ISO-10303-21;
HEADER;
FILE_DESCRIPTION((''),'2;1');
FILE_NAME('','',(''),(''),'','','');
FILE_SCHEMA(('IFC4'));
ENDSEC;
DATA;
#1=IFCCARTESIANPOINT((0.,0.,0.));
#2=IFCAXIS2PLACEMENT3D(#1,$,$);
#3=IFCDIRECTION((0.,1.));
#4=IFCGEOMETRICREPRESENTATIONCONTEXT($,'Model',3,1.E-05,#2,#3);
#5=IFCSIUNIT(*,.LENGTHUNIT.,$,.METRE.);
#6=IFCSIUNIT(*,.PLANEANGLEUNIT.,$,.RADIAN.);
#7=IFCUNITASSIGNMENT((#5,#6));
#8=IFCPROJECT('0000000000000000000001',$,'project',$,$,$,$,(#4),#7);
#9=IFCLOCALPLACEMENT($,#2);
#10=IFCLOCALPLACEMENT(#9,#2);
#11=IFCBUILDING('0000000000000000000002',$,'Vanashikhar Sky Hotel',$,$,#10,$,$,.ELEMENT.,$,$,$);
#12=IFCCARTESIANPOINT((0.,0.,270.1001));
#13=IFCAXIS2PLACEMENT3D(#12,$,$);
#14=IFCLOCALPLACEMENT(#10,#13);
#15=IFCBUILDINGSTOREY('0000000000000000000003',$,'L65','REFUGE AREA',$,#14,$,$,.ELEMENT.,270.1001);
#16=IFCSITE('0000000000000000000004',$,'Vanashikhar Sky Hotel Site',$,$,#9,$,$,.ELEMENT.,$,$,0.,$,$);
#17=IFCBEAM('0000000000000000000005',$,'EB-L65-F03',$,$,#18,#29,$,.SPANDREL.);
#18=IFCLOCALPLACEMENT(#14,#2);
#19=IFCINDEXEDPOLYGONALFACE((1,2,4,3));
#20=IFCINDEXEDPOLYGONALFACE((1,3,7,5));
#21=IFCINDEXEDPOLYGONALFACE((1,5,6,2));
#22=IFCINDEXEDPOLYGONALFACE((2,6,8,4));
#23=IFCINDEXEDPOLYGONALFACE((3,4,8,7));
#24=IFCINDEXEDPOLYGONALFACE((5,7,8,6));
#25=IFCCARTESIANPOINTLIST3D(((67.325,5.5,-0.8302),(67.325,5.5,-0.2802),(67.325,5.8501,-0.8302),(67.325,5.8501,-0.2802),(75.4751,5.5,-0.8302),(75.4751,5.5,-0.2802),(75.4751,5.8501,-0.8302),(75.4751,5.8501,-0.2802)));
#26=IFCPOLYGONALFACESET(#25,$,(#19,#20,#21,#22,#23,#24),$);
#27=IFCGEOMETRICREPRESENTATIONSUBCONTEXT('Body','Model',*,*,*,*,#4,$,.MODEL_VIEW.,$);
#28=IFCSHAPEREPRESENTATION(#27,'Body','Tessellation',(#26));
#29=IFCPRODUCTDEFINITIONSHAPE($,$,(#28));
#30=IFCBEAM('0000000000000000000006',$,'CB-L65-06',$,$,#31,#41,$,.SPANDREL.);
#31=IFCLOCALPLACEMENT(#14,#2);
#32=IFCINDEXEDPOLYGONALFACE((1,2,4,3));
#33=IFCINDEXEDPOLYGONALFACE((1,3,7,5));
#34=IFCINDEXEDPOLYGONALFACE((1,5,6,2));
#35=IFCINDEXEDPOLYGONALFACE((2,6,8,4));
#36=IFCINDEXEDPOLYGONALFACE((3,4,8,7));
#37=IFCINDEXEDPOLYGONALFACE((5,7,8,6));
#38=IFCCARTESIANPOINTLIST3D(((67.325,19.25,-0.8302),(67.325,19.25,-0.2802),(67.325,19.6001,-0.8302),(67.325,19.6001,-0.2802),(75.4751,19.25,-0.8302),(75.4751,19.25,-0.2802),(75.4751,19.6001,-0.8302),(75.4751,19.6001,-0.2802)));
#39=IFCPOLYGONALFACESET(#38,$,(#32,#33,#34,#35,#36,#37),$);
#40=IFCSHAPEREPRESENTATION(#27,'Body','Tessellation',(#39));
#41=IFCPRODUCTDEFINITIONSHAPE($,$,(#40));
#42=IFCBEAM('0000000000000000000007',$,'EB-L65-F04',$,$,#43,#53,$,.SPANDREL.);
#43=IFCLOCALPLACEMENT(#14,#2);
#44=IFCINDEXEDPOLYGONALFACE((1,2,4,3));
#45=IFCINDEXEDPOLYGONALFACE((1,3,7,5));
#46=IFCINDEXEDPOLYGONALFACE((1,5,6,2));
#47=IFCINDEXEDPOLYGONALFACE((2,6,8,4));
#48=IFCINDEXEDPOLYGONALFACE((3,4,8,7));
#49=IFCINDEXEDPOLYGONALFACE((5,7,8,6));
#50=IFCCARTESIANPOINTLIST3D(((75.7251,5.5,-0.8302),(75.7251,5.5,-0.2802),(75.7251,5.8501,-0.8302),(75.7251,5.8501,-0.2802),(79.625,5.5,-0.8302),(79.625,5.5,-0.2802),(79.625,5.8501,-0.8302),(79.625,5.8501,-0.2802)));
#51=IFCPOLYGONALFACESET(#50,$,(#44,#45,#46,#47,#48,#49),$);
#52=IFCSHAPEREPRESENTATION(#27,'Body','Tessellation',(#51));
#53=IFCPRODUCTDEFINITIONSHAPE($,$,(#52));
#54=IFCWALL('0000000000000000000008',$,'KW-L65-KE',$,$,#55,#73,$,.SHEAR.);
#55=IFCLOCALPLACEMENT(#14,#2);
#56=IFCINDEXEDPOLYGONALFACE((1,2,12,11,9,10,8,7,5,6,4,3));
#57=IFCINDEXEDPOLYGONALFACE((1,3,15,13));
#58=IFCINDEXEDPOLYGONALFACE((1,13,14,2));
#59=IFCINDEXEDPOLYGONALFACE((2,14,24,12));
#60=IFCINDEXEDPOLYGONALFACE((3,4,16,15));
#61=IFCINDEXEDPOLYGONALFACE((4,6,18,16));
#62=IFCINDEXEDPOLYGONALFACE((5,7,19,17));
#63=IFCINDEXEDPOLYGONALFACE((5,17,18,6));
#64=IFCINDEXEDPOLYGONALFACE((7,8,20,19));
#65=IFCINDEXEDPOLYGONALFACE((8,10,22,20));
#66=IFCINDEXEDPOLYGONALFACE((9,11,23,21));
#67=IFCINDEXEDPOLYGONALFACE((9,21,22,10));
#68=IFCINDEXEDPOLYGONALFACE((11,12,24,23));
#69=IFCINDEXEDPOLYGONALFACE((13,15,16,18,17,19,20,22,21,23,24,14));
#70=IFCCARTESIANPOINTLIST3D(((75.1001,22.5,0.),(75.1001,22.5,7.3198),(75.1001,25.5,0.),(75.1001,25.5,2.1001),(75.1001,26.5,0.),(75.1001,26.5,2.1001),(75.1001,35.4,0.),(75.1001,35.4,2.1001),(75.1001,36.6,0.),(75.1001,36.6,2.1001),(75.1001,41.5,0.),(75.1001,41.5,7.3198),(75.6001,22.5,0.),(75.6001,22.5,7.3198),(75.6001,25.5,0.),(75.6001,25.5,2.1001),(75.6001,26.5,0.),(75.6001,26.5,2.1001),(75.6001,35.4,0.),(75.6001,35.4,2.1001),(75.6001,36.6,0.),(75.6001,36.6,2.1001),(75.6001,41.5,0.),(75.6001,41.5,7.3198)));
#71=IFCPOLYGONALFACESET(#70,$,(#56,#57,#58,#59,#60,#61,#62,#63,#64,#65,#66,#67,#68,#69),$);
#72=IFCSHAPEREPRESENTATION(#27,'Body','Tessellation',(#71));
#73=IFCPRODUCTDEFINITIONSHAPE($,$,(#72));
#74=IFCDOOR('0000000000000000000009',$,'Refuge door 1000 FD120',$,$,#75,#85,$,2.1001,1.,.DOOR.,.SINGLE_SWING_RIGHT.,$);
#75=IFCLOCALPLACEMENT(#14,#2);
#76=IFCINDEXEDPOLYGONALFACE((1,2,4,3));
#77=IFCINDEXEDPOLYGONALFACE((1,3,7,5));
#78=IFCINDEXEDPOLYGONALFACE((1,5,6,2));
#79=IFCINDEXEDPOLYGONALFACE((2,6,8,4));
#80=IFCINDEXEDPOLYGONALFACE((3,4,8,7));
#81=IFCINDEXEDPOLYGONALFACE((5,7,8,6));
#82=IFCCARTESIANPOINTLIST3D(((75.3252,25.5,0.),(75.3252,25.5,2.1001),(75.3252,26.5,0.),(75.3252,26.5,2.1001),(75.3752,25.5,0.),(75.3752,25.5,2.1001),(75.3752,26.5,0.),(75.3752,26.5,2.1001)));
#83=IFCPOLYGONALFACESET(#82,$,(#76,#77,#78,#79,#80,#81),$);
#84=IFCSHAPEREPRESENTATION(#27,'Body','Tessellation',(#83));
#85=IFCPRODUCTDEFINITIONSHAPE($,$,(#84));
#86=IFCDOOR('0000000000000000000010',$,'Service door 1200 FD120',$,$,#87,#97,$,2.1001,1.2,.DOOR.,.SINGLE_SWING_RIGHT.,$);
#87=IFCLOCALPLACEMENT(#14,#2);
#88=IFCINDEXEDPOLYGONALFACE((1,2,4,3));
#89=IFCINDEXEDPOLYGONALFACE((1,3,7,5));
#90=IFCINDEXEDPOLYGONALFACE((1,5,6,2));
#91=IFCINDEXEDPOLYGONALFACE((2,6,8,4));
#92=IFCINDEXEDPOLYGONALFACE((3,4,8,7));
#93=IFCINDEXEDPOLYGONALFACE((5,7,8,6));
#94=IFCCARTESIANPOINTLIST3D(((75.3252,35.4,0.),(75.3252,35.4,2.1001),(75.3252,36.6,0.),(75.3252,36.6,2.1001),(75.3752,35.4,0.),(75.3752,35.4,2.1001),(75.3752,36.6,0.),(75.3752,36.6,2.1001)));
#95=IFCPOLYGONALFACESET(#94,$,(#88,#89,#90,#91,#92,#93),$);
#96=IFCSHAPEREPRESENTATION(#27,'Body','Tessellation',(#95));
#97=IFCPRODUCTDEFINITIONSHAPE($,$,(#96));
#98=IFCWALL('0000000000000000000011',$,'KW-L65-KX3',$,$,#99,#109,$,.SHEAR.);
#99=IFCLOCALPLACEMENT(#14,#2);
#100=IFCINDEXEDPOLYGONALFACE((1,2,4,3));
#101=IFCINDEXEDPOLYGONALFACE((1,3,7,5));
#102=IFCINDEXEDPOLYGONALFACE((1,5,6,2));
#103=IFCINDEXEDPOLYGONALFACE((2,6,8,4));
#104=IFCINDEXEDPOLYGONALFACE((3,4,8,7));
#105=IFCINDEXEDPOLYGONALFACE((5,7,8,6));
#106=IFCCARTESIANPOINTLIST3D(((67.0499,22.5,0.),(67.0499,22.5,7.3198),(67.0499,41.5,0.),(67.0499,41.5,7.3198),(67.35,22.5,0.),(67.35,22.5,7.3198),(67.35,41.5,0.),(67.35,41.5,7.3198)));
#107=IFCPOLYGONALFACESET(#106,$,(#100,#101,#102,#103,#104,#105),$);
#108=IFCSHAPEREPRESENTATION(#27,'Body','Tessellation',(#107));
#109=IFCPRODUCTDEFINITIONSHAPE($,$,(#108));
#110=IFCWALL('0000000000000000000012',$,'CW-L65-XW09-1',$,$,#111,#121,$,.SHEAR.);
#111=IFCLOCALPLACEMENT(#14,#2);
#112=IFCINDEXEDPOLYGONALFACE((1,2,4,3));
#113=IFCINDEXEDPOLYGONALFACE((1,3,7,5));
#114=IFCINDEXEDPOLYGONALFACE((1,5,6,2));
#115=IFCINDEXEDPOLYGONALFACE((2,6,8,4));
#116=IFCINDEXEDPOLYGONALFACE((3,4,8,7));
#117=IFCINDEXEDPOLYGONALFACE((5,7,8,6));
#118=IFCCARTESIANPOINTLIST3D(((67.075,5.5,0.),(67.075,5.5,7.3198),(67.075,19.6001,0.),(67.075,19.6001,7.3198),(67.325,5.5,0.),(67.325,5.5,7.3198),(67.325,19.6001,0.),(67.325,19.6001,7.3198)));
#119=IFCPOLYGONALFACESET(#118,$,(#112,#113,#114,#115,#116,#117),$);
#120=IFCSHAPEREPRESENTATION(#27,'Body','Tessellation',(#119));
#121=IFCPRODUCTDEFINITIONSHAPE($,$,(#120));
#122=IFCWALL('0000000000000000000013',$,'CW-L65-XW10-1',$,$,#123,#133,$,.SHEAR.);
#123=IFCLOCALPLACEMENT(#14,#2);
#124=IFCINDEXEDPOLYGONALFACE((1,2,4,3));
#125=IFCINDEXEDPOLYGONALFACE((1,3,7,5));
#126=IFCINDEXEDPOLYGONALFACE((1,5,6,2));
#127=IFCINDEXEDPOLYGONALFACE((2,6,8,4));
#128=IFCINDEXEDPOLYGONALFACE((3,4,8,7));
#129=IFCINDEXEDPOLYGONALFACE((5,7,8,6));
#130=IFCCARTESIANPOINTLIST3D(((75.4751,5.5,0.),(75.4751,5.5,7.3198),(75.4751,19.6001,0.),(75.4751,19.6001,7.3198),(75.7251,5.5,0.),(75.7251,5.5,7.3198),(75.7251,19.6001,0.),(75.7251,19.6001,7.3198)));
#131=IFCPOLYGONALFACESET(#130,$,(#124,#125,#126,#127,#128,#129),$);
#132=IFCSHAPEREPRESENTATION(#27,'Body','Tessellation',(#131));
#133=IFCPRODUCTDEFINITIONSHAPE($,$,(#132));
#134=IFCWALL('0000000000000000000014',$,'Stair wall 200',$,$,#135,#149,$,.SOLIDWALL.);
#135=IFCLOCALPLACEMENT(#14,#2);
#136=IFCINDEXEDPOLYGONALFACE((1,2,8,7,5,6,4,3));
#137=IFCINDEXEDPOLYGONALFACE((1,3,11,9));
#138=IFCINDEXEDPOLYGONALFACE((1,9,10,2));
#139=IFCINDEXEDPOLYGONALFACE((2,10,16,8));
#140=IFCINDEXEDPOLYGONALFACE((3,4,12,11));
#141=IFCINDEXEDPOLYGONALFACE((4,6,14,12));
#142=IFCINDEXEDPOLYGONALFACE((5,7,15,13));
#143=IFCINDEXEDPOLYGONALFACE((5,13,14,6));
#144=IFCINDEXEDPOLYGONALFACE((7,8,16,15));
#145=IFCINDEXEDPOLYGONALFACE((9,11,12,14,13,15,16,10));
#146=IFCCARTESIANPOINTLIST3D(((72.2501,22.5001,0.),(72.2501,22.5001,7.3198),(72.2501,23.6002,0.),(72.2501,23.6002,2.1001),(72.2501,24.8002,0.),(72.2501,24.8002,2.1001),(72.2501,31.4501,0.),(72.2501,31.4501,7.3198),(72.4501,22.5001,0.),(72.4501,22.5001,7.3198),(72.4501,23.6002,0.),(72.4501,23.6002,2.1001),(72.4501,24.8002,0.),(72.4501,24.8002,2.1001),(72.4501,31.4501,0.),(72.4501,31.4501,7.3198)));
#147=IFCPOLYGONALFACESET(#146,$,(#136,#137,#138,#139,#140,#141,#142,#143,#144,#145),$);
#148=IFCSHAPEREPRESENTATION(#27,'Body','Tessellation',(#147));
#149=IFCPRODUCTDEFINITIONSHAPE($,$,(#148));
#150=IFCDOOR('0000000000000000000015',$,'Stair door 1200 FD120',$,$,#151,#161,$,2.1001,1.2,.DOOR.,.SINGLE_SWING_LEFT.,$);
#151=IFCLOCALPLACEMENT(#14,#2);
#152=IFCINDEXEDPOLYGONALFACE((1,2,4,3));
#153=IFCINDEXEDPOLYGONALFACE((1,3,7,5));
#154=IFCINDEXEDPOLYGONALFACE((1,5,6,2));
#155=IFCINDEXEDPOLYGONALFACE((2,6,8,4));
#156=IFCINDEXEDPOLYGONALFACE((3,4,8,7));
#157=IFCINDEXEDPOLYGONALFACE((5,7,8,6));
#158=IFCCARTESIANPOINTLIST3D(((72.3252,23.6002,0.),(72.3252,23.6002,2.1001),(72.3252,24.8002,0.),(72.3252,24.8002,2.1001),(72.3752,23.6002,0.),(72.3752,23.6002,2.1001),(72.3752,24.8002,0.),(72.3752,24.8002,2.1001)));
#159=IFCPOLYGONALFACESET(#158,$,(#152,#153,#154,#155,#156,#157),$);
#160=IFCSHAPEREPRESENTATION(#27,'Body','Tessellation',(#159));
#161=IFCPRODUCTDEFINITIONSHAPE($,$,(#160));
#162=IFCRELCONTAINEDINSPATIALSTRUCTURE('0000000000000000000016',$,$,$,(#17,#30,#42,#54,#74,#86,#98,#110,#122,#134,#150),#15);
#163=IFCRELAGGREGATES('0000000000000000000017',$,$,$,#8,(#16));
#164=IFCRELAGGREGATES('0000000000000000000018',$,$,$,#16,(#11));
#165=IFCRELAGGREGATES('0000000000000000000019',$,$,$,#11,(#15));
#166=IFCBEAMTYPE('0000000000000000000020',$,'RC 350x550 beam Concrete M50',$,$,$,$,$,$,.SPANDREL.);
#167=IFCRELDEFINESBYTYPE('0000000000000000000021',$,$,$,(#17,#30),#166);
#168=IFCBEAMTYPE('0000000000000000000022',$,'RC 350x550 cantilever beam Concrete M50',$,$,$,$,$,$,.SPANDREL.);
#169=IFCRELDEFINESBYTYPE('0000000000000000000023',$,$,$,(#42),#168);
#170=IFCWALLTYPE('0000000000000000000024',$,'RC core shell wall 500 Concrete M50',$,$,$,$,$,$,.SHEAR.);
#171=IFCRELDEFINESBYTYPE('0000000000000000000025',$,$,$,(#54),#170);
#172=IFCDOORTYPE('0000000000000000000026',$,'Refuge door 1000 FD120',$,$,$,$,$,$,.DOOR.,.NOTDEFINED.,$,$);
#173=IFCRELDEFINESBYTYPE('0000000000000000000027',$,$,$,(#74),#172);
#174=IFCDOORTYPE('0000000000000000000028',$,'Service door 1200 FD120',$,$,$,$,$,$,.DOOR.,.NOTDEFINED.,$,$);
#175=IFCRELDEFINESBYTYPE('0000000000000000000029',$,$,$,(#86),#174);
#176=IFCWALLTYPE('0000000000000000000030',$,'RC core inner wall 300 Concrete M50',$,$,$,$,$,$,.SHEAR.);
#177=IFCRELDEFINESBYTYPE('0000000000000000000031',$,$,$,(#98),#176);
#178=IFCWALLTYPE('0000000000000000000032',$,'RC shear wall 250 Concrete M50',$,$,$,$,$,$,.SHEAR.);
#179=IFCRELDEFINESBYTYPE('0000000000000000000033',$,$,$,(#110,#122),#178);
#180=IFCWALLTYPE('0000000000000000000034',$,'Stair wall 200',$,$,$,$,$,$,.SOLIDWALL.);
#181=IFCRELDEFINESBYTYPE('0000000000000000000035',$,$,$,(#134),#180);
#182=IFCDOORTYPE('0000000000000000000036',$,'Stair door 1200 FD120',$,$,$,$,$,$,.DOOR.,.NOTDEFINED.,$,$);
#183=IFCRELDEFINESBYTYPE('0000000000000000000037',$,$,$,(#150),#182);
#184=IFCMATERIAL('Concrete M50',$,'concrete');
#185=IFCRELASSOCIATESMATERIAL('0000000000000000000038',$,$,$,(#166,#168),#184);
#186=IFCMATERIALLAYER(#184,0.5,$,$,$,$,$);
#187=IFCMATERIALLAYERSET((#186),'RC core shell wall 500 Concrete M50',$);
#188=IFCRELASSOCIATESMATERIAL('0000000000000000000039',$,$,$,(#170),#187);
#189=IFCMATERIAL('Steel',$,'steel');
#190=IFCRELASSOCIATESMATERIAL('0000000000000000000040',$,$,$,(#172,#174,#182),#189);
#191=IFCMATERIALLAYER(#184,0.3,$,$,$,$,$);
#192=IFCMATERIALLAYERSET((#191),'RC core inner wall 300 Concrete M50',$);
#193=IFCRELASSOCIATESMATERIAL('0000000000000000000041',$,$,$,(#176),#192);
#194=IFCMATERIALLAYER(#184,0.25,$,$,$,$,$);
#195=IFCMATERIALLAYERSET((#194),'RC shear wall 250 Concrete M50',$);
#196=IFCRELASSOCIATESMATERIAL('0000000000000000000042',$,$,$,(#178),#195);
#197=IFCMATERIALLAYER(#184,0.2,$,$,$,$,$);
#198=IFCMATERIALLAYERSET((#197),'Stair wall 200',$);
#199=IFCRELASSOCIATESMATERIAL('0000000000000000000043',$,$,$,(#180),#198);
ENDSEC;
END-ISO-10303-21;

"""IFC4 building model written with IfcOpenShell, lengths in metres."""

from ifc_helpers import new_model, si_unit, direction, frame, frame_2d, origin, origin_2d, place, context, subcontext, project, spatial, rectangle, extrude, source, transform, mapped, material, layer, layer_set, material_profile, profile_set, type_object, element, fill, save


model = new_model("IFC4")

# Units and contexts
model_context = context("Model", 3, precision=1e-05, world=origin(), true_north=direction((0.0, 1.0)))
body_context = subcontext(model_context, "Body", "Model", "MODEL_VIEW")
ifc_project = project(units=[si_unit("LENGTHUNIT", "METRE"), si_unit("PLANEANGLEUNIT", "RADIAN")], contexts=[model_context])

# Site, building, storey
site_placement = place(None, origin())
site = spatial("IfcSite", under=ifc_project, at=site_placement, Name="Vanashikhar Sky Hotel Site", CompositionType="ELEMENT", RefElevation=0.0)
building_placement = place(site_placement, origin())
building = spatial("IfcBuilding", under=site, at=building_placement, Name="Vanashikhar Sky Hotel", CompositionType="ELEMENT")
storey_placement = place(building_placement, frame((0.0, 0.0, 270.1001)))
storey = spatial("IfcBuildingStorey", under=building, at=storey_placement, Name="L65", Description="REFUGE AREA", CompositionType="ELEMENT", Elevation=270.1001)

# Beams
ifc_material_1 = material(Name="Concrete M50", Category="concrete")
ifc_material_profile_1 = material_profile(ifc_material_1, rectangle(XDim=0.3501, YDim=0.55, at=origin_2d()))
ifc_profile_set_1 = profile_set([ifc_material_profile_1], Name="RC 350x550 beam Concrete M50")
beam_type_1 = type_object("IfcBeamType", Name="RC 350x550 beam Concrete M50", PredefinedType="SPANDREL", material=ifc_profile_set_1)
shared_shape_1 = source(origin(), body_context, "Body", "SweptSolid", [
    extrude(rectangle(XDim=0.3501, YDim=0.55, at=origin_2d()), origin(), (0.0, 0.0, 1.0), 8.1501),
])
for number, where, z_axis, x_axis, name in (
    (1, (67.325, 5.675, -0.5552), (1.0, 0.0, 0.0), (0.0, 1.0, 0.0), "EB-L65-F03"),
    (2, (67.325, 19.425, -0.5552), (1.0, 0.0, 0.0), (0.0, 1.0, 0.0), "CB-L65-06"),
):
    element("IfcBeam", number, at=place(storey_placement, frame(where, z_axis=z_axis, x_axis=x_axis)), inside=storey, type_object=beam_type_1, Name=name, PredefinedType="SPANDREL", context=body_context, shape_type="MappedRepresentation", body=[
        mapped(shared_shape_1, transform((0.0, 0.0, 0.0), scale=1.0)),
    ])
ifc_material_profile_2 = material_profile(ifc_material_1, rectangle(XDim=0.3501, YDim=0.55, at=origin_2d()))
ifc_profile_set_2 = profile_set([ifc_material_profile_2], Name="RC 350x550 cantilever beam Concrete M50")
beam_type_2 = type_object("IfcBeamType", Name="RC 350x550 cantilever beam Concrete M50", PredefinedType="SPANDREL", material=ifc_profile_set_2)
shared_shape_2 = source(origin(), body_context, "Body", "SweptSolid", [
    extrude(rectangle(XDim=0.3501, YDim=0.55, at=origin_2d()), origin(), (0.0, 0.0, 1.0), 3.8999),
])
beam_placement = place(storey_placement, frame((75.7251, 5.675, -0.5552), z_axis=(1.0, 0.0, 0.0), x_axis=(0.0, 1.0, 0.0)))
element("IfcBeam", 3, at=beam_placement, inside=storey, type_object=beam_type_2, Name="EB-L65-F04", PredefinedType="SPANDREL", context=body_context, shape_type="MappedRepresentation", body=[
    mapped(shared_shape_2, transform((0.0, 0.0, 0.0), scale=1.0)),
])

# Wall, openings, doors
ifc_layer_1 = layer(ifc_material_1, 0.5)
ifc_layer_set_1 = layer_set([ifc_layer_1], Name="RC core shell wall 500 Concrete M50")
wall_type_1 = type_object("IfcWallType", Name="RC core shell wall 500 Concrete M50", PredefinedType="SHEAR", material=ifc_layer_set_1)
shared_shape_3 = source(origin(), body_context, "Body", "SweptSolid", [
    extrude(rectangle(XDim=19.0, YDim=0.5, at=frame_2d((9.5, 0.0))), origin(), (0.0, 0.0, 1.0), 7.3198),
])
wall_1_placement = place(storey_placement, frame((75.3501, 22.5, 0.0), z_axis=(0.0, 0.0, 1.0), x_axis=(0.0, 1.0, 0.0)))
wall_1 = element("IfcWall", 4, at=wall_1_placement, inside=storey, type_object=wall_type_1, Name="KW-L65-KE", PredefinedType="SHEAR", context=body_context, shape_type="MappedRepresentation", body=[
    mapped(shared_shape_3, transform((0.0, 0.0, 0.0), scale=1.0)),
])
shared_shape_4 = source(origin(), body_context, "Body", "SweptSolid", [
    extrude(rectangle(XDim=1.0, YDim=2.1001, at=frame_2d((0.5, 1.05))), frame((0.0, 0.26, 0.0), z_axis=(0.0, -1.0, 0.0), x_axis=(1.0, 0.0, 0.0)), (0.0, 0.0, 1.0), 0.52),
])
opening_1_placement = place(wall_1_placement, frame((3.0, 0.0, 0.0)))
opening_1 = element("IfcOpeningElement", 5, at=opening_1_placement, cuts=wall_1, PredefinedType="OPENING", context=body_context, shape_type="MappedRepresentation", body=[
    mapped(shared_shape_4, transform((0.0, 0.0, 0.0), scale=1.0)),
])
shared_shape_5 = source(origin(), body_context, "Body", "SweptSolid", [
    extrude(rectangle(XDim=1.2, YDim=2.1001, at=frame_2d((0.6001, 1.05))), frame((0.0, 0.26, 0.0), z_axis=(0.0, -1.0, 0.0), x_axis=(1.0, 0.0, 0.0)), (0.0, 0.0, 1.0), 0.52),
])
opening_2_placement = place(wall_1_placement, frame((12.8999, 0.0, 0.0)))
opening_2 = element("IfcOpeningElement", 6, at=opening_2_placement, cuts=wall_1, PredefinedType="OPENING", context=body_context, shape_type="MappedRepresentation", body=[
    mapped(shared_shape_5, transform((0.0, 0.0, 0.0), scale=1.0)),
])
ifc_material_2 = material(Name="Steel", Category="steel")
door_type_1 = type_object("IfcDoorType", Name="Refuge door 1000 FD120", OperationType="NOTDEFINED", PredefinedType="DOOR", material=ifc_material_2)
shared_shape_6 = source(origin(), body_context, "Body", "SweptSolid", [
    extrude(rectangle(XDim=1.0, YDim=2.1001, at=frame_2d((0.5, 1.05))), frame((0.0, 0.0249, 0.0), z_axis=(0.0, -1.0, 0.0), x_axis=(1.0, 0.0, 0.0)), (0.0, 0.0, 1.0), 0.05),
])
door_1_placement = place(opening_1_placement, origin())
door_1 = element("IfcDoor", 7, at=door_1_placement, inside=storey, type_object=door_type_1, Name="Refuge door 1000 FD120", OperationType="SINGLE_SWING_RIGHT", OverallHeight=2.1001, OverallWidth=1.0, PredefinedType="DOOR", context=body_context, shape_type="MappedRepresentation", body=[
    mapped(shared_shape_6, transform((0.0, 0.0, 0.0), scale=1.0)),
])
fill(opening_1, door_1)
door_type_2 = type_object("IfcDoorType", Name="Service door 1200 FD120", OperationType="NOTDEFINED", PredefinedType="DOOR", material=ifc_material_2)
shared_shape_7 = source(origin(), body_context, "Body", "SweptSolid", [
    extrude(rectangle(XDim=1.2, YDim=2.1001, at=frame_2d((0.6001, 1.05))), frame((0.0, 0.0249, 0.0), z_axis=(0.0, -1.0, 0.0), x_axis=(1.0, 0.0, 0.0)), (0.0, 0.0, 1.0), 0.05),
])
door_2_placement = place(opening_2_placement, origin())
door_2 = element("IfcDoor", 8, at=door_2_placement, inside=storey, type_object=door_type_2, Name="Service door 1200 FD120", OperationType="SINGLE_SWING_RIGHT", OverallHeight=2.1001, OverallWidth=1.2, PredefinedType="DOOR", context=body_context, shape_type="MappedRepresentation", body=[
    mapped(shared_shape_7, transform((0.0, 0.0, 0.0), scale=1.0)),
])
fill(opening_2, door_2)

# Walls
ifc_layer_2 = layer(ifc_material_1, 0.3)
ifc_layer_set_2 = layer_set([ifc_layer_2], Name="RC core inner wall 300 Concrete M50")
wall_type_2 = type_object("IfcWallType", Name="RC core inner wall 300 Concrete M50", PredefinedType="SHEAR", material=ifc_layer_set_2)
shared_shape_8 = source(origin(), body_context, "Body", "SweptSolid", [
    extrude(rectangle(XDim=19.0, YDim=0.3, at=frame_2d((9.5, 0.0))), origin(), (0.0, 0.0, 1.0), 7.3198),
])
wall_2_placement = place(storey_placement, frame((67.2, 22.5, 0.0), z_axis=(0.0, 0.0, 1.0), x_axis=(0.0, 1.0, 0.0)))
element("IfcWall", 9, at=wall_2_placement, inside=storey, type_object=wall_type_2, Name="KW-L65-KX3", PredefinedType="SHEAR", context=body_context, shape_type="MappedRepresentation", body=[
    mapped(shared_shape_8, transform((0.0, 0.0, 0.0), scale=1.0)),
])
ifc_layer_3 = layer(ifc_material_1, 0.25)
ifc_layer_set_3 = layer_set([ifc_layer_3], Name="RC shear wall 250 Concrete M50")
wall_type_3 = type_object("IfcWallType", Name="RC shear wall 250 Concrete M50", PredefinedType="SHEAR", material=ifc_layer_set_3)
shared_shape_9 = source(origin(), body_context, "Body", "SweptSolid", [
    extrude(rectangle(XDim=14.1001, YDim=0.25, at=frame_2d((7.05, 0.0))), origin(), (0.0, 0.0, 1.0), 7.3198),
])
for number, where, z_axis, x_axis, name in (
    (10, (67.2, 5.5, 0.0), (0.0, 0.0, 1.0), (0.0, 1.0, 0.0), "CW-L65-XW09-1"),
    (11, (75.6001, 5.5, 0.0), (0.0, 0.0, 1.0), (0.0, 1.0, 0.0), "CW-L65-XW10-1"),
):
    element("IfcWall", number, at=place(storey_placement, frame(where, z_axis=z_axis, x_axis=x_axis)), inside=storey, type_object=wall_type_3, Name=name, PredefinedType="SHEAR", context=body_context, shape_type="MappedRepresentation", body=[
        mapped(shared_shape_9, transform((0.0, 0.0, 0.0), scale=1.0)),
    ])

# Wall, opening, door
ifc_layer_4 = layer(ifc_material_1, 0.2)
ifc_layer_set_4 = layer_set([ifc_layer_4], Name="Stair wall 200")
wall_type_4 = type_object("IfcWallType", Name="Stair wall 200", PredefinedType="SOLIDWALL", material=ifc_layer_set_4)
shared_shape_10 = source(origin(), body_context, "Body", "SweptSolid", [
    extrude(rectangle(XDim=8.95, YDim=0.2, at=frame_2d((4.4751, 0.0))), origin(), (0.0, 0.0, 1.0), 7.3198),
])
wall_3_placement = place(storey_placement, frame((72.3501, 22.5, 0.0), z_axis=(0.0, 0.0, 1.0), x_axis=(0.0, 1.0, 0.0)))
wall_3 = element("IfcWall", 12, at=wall_3_placement, inside=storey, type_object=wall_type_4, Name="Stair wall 200", PredefinedType="SOLIDWALL", context=body_context, shape_type="MappedRepresentation", body=[
    mapped(shared_shape_10, transform((0.0, 0.0, 0.0), scale=1.0)),
])
shared_shape_11 = source(origin(), body_context, "Body", "SweptSolid", [
    extrude(rectangle(XDim=1.2, YDim=2.1001, at=frame_2d((0.6001, 1.05))), frame((0.0, 0.1099, 0.0), z_axis=(0.0, -1.0, 0.0), x_axis=(1.0, 0.0, 0.0)), (0.0, 0.0, 1.0), 0.22),
])
opening_3_placement = place(wall_3_placement, frame((1.1001, 0.0, 0.0)))
opening_3 = element("IfcOpeningElement", 13, at=opening_3_placement, cuts=wall_3, PredefinedType="OPENING", context=body_context, shape_type="MappedRepresentation", body=[
    mapped(shared_shape_11, transform((0.0, 0.0, 0.0), scale=1.0)),
])
door_type_3 = type_object("IfcDoorType", Name="Stair door 1200 FD120", OperationType="NOTDEFINED", PredefinedType="DOOR", material=ifc_material_2)
door_3_placement = place(opening_3_placement, origin())
door_3 = element("IfcDoor", 14, at=door_3_placement, inside=storey, type_object=door_type_3, Name="Stair door 1200 FD120", OperationType="SINGLE_SWING_LEFT", OverallHeight=2.1001, OverallWidth=1.2, PredefinedType="DOOR", context=body_context, shape_type="MappedRepresentation", body=[
    mapped(shared_shape_7, transform((0.0, 0.0, 0.0), scale=1.0)),
])
fill(opening_3, door_3)

save(model, "model.ifc")
